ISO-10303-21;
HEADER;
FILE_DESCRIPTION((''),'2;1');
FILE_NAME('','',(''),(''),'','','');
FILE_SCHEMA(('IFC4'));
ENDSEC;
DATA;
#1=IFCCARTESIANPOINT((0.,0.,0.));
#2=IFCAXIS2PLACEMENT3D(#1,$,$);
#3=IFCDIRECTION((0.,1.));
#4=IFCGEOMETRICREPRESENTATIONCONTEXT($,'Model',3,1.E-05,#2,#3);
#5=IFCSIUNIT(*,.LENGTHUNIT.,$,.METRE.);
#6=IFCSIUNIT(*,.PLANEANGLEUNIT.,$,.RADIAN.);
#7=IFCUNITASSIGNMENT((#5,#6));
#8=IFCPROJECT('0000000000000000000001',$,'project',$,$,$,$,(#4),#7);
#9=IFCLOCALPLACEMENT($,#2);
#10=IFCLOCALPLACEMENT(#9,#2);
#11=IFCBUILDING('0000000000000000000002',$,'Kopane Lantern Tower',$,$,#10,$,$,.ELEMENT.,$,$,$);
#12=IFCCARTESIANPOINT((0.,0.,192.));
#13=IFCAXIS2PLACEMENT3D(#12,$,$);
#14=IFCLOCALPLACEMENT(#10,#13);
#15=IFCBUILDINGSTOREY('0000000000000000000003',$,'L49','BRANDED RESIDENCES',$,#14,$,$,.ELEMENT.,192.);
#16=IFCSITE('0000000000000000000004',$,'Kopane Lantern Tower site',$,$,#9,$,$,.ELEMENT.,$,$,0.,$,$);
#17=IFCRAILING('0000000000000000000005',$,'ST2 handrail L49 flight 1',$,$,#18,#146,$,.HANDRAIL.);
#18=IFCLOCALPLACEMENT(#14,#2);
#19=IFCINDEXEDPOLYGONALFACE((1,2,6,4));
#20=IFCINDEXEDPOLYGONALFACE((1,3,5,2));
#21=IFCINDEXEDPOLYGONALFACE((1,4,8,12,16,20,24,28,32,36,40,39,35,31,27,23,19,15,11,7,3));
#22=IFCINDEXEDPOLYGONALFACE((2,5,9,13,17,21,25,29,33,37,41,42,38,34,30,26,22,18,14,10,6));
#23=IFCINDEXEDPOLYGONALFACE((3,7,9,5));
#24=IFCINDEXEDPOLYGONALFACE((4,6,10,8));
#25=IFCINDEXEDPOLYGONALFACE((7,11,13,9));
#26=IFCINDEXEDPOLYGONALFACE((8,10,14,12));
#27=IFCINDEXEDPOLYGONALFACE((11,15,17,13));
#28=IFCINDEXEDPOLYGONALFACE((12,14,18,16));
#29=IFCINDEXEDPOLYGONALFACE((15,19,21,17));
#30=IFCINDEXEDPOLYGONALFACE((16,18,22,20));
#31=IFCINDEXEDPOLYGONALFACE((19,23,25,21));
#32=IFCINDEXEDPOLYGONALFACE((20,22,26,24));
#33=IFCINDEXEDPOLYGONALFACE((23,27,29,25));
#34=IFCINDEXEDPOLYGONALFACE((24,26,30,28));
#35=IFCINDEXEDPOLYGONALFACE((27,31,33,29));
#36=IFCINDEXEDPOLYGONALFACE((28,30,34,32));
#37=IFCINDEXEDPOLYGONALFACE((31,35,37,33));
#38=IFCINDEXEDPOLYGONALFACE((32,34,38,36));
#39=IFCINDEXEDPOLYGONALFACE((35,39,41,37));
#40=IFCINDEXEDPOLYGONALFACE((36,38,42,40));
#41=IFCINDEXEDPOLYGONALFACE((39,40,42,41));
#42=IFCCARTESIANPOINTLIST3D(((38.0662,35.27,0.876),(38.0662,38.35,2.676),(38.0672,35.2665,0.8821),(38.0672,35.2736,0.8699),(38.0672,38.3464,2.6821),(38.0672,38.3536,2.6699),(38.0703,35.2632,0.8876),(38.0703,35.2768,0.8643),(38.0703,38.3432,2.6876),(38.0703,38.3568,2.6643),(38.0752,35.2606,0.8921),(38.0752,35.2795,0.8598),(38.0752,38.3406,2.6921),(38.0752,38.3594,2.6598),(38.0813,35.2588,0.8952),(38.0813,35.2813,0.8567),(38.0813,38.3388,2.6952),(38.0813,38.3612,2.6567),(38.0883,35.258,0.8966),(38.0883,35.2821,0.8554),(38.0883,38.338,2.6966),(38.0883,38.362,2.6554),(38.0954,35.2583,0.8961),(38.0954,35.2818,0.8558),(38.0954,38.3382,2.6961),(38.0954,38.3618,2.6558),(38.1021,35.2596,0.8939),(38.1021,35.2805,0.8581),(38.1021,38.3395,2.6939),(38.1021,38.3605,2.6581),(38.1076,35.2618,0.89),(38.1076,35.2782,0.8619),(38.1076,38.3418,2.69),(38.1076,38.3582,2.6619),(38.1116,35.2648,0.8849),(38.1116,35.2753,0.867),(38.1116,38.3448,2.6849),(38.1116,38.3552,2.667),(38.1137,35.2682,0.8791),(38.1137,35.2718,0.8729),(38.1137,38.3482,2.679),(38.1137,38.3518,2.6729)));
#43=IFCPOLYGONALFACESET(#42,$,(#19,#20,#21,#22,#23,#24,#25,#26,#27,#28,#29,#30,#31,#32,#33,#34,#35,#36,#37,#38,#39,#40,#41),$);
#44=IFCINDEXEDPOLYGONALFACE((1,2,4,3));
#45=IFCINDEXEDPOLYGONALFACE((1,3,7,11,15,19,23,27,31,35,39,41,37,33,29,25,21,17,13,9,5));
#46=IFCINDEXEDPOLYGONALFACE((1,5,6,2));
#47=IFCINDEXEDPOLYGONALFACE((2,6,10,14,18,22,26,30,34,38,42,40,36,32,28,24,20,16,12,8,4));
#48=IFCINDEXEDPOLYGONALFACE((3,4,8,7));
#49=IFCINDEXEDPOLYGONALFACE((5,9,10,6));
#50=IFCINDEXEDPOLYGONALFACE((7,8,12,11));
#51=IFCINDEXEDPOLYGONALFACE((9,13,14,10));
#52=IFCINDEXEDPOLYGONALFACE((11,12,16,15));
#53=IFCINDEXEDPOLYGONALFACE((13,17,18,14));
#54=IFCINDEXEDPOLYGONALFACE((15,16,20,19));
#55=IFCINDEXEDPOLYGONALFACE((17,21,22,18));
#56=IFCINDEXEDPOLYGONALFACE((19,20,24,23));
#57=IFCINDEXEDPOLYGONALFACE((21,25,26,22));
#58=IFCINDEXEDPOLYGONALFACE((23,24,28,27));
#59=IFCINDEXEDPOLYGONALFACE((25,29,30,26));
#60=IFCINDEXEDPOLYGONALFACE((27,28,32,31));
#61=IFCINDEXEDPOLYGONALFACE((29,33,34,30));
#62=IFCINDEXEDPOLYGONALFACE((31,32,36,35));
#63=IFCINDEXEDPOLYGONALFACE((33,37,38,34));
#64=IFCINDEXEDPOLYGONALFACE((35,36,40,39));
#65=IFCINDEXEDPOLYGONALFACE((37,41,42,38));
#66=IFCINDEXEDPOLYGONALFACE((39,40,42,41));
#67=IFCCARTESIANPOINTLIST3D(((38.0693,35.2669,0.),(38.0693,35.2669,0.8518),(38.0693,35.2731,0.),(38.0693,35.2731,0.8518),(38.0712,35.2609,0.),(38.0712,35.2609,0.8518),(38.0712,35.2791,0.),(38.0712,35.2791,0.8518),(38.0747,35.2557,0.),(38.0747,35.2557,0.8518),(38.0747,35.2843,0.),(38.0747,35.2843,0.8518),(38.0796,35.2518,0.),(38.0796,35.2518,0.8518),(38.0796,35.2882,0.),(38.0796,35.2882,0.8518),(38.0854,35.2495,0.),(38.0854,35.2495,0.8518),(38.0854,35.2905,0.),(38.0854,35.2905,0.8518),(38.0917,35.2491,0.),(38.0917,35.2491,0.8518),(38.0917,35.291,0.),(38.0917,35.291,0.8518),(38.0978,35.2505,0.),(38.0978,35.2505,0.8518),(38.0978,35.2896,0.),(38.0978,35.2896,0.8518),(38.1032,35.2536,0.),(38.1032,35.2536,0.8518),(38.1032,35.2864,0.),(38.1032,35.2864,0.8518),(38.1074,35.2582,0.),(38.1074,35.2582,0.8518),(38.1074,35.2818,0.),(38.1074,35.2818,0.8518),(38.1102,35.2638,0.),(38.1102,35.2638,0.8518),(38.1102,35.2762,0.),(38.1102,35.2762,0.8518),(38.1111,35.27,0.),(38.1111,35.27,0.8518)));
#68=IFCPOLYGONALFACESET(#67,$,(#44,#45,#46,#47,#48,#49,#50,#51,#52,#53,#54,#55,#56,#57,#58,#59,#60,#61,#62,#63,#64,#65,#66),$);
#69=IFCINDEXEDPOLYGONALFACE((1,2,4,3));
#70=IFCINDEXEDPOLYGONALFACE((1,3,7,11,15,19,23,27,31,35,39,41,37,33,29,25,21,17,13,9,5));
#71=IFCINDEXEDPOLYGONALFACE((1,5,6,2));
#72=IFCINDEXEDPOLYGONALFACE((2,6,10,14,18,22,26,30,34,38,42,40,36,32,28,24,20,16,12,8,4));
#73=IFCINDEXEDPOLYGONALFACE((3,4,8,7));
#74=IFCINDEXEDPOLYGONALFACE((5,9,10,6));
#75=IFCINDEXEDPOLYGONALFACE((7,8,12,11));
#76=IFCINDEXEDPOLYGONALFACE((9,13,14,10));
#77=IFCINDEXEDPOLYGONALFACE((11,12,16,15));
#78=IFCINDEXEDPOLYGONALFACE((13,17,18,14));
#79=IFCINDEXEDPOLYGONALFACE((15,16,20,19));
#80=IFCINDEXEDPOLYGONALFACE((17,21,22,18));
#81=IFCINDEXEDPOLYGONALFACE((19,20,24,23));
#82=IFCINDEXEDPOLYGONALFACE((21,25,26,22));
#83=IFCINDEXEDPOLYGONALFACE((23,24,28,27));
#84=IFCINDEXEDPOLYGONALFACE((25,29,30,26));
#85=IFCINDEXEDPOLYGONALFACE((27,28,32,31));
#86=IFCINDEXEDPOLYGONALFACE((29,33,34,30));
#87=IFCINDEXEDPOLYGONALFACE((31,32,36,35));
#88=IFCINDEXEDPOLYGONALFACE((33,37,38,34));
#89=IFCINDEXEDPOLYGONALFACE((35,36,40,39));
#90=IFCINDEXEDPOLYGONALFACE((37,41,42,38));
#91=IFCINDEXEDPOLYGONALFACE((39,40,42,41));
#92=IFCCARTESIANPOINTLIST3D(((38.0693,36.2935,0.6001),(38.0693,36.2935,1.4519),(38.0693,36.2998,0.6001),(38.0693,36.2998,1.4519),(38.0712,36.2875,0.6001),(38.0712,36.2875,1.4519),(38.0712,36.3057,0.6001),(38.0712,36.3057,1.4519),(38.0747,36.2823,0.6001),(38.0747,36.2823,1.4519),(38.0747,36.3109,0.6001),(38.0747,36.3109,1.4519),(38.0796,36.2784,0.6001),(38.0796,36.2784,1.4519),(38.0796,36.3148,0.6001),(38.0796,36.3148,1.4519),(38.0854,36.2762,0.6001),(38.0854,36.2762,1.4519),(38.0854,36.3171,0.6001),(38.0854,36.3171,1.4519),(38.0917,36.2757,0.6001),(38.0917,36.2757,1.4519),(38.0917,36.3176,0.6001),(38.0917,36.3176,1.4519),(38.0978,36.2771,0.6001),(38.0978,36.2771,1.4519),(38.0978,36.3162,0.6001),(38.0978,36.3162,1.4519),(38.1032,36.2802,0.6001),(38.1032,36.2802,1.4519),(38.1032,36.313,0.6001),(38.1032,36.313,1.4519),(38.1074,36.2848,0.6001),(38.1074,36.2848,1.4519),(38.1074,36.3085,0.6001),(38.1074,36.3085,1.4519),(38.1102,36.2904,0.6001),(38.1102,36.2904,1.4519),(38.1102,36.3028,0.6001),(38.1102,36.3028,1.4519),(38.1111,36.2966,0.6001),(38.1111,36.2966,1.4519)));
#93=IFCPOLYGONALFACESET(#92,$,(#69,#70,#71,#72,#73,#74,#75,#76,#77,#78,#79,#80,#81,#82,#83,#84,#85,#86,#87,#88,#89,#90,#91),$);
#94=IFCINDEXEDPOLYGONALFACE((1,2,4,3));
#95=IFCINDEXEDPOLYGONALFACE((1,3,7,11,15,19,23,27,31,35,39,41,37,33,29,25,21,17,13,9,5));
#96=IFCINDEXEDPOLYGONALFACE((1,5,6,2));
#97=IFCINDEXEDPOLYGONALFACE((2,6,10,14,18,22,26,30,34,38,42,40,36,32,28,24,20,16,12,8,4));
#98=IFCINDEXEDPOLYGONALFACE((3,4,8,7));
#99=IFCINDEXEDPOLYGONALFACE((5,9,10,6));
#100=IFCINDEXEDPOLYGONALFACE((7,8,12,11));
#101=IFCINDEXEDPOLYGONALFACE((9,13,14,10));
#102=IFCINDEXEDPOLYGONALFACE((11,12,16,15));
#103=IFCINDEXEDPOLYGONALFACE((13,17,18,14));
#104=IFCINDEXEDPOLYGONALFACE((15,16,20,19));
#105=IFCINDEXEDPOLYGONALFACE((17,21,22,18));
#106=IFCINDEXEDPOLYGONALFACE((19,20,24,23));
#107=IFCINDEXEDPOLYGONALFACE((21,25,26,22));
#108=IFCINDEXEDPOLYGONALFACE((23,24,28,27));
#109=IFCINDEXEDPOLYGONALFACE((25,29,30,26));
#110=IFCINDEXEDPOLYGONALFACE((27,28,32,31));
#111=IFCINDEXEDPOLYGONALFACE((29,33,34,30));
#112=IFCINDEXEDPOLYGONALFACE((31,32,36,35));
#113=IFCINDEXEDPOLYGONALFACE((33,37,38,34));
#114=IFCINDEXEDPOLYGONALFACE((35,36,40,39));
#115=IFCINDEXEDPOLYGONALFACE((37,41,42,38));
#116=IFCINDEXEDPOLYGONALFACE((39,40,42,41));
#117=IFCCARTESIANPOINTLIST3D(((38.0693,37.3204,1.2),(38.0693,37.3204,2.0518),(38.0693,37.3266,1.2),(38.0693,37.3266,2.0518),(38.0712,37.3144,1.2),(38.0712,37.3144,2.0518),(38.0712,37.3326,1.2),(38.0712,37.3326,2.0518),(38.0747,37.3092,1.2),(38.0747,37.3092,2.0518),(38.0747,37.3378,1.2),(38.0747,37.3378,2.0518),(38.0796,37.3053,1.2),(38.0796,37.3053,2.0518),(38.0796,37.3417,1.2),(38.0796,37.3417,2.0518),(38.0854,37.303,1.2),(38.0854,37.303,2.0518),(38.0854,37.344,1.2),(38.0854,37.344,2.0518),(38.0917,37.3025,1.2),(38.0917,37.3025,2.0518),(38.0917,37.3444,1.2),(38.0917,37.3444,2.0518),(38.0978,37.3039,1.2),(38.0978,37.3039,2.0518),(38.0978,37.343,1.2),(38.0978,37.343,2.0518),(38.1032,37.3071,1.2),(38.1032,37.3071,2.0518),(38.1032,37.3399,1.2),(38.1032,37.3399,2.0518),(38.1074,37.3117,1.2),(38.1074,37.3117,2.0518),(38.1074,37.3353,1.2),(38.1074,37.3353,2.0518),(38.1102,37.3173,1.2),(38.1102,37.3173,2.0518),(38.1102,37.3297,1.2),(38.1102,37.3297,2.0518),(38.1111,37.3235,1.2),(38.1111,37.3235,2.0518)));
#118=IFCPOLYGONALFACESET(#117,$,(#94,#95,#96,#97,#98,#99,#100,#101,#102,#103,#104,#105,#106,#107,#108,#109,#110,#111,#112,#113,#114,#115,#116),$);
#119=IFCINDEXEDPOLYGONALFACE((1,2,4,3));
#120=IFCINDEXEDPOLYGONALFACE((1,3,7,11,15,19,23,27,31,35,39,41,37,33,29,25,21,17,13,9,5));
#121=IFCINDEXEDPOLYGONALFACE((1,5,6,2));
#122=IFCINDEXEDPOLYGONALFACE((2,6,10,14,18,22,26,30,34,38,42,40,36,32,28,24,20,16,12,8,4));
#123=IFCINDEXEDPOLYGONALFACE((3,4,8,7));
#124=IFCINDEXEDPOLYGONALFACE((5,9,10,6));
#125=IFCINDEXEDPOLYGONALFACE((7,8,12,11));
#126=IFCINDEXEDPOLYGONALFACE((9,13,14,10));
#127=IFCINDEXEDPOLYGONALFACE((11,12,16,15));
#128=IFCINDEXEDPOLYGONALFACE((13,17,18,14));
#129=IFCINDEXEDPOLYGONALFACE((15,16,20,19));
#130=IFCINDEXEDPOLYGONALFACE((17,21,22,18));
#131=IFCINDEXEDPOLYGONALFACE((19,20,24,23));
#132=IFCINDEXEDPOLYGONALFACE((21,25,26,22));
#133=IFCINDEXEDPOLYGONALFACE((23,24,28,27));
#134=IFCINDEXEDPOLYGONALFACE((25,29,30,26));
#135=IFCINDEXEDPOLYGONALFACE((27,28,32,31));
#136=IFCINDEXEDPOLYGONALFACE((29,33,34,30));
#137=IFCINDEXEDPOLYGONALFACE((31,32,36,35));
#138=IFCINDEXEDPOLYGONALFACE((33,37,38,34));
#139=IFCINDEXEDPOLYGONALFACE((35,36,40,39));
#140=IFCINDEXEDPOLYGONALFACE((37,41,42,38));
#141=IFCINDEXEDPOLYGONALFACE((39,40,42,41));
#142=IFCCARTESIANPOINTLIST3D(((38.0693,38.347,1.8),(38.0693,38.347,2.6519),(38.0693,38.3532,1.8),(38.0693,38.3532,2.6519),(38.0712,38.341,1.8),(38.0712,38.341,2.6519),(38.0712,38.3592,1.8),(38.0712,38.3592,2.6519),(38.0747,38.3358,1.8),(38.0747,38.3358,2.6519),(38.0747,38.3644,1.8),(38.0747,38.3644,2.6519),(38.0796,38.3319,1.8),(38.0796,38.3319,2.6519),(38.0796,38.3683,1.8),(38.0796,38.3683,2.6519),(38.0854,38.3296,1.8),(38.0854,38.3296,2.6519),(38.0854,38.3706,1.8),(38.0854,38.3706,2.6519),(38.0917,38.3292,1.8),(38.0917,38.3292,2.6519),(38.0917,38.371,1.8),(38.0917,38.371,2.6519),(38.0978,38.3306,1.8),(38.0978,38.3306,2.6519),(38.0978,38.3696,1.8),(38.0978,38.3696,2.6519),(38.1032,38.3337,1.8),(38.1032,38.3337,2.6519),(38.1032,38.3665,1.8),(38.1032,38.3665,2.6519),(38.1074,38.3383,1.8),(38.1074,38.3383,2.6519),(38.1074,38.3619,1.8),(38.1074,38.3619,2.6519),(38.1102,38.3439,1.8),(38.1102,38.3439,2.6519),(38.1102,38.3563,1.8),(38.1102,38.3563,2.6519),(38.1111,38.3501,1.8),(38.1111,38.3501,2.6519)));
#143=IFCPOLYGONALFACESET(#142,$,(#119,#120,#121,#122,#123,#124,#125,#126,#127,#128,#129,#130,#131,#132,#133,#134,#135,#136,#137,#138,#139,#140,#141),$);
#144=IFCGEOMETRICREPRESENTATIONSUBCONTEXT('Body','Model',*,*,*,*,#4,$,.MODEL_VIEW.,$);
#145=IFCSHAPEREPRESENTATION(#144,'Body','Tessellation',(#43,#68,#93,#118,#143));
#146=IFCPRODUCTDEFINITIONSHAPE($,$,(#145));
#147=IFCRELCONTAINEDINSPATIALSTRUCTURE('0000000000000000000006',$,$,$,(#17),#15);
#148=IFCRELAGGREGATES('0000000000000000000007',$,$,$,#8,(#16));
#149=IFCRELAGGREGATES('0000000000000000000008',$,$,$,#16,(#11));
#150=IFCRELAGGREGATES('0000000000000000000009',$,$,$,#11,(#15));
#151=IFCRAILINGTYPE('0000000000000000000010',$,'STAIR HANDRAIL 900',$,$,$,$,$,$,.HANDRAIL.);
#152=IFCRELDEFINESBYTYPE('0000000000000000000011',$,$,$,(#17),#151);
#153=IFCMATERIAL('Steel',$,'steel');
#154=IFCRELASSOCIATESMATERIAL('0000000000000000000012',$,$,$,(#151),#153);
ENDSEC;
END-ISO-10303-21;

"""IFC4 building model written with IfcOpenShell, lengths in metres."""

from ifc_helpers import new_model, si_unit, direction, frame, origin, origin_2d, place, context, subcontext, project, spatial, circle, extrude, material, type_object, element, save


model = new_model("IFC4")

# Units and contexts
model_context = context("Model", 3, precision=1e-05, world=origin(), true_north=direction((0.0, 1.0)))
body_context = subcontext(model_context, "Body", "Model", "MODEL_VIEW")
ifc_project = project(units=[si_unit("LENGTHUNIT", "METRE"), si_unit("PLANEANGLEUNIT", "RADIAN")], contexts=[model_context])

# Site, building, storey
site_placement = place(None, origin())
site = spatial("IfcSite", under=ifc_project, at=site_placement, Name="Kopane Lantern Tower site", CompositionType="ELEMENT", RefElevation=0.0)
building_placement = place(site_placement, origin())
building = spatial("IfcBuilding", under=site, at=building_placement, Name="Kopane Lantern Tower", CompositionType="ELEMENT")
storey_placement = place(building_placement, frame((0.0, 0.0, 192.0)))
storey = spatial("IfcBuildingStorey", under=building, at=storey_placement, Name="L49", Description="BRANDED RESIDENCES", CompositionType="ELEMENT", Elevation=192.0)

# Railing
ifc_material_1 = material(Name="Steel", Category="steel")
railing_type_1 = type_object("IfcRailingType", Name="STAIR HANDRAIL 900", PredefinedType="HANDRAIL", material=ifc_material_1)
for number, where, name in (
    (1, (38.0901, 35.27, 0.0), "ST2 handrail L49 flight 1"),
):
    element("IfcRailing", number, at=place(storey_placement, frame(where)), inside=storey, type_object=railing_type_1, Name=name, PredefinedType="HANDRAIL", context=body_context, shape_type="SweptSolid", body=[
        extrude(circle(Radius=0.0239, at=origin_2d()), frame((0.0, 0.0, 0.876), z_axis=(0.0, 0.863372, 0.504569), x_axis=(-1.0, 0.0, 0.0)), (0.0, 0.0, 1.0), 3.5674),
        extrude(circle(Radius=0.021, at=origin_2d()), origin(), (0.0, 0.0, 1.0), 0.8518),
        extrude(circle(Radius=0.021, at=origin_2d()), frame((0.0, 1.0266, 0.6001)), (0.0, 0.0, 1.0), 0.8518),
        extrude(circle(Radius=0.021, at=origin_2d()), frame((0.0, 2.0535, 1.2)), (0.0, 0.0, 1.0), 0.8518),
        extrude(circle(Radius=0.021, at=origin_2d()), frame((0.0, 3.0801, 1.8)), (0.0, 0.0, 1.0), 0.8518),
    ])

save(model, "model.ifc")
